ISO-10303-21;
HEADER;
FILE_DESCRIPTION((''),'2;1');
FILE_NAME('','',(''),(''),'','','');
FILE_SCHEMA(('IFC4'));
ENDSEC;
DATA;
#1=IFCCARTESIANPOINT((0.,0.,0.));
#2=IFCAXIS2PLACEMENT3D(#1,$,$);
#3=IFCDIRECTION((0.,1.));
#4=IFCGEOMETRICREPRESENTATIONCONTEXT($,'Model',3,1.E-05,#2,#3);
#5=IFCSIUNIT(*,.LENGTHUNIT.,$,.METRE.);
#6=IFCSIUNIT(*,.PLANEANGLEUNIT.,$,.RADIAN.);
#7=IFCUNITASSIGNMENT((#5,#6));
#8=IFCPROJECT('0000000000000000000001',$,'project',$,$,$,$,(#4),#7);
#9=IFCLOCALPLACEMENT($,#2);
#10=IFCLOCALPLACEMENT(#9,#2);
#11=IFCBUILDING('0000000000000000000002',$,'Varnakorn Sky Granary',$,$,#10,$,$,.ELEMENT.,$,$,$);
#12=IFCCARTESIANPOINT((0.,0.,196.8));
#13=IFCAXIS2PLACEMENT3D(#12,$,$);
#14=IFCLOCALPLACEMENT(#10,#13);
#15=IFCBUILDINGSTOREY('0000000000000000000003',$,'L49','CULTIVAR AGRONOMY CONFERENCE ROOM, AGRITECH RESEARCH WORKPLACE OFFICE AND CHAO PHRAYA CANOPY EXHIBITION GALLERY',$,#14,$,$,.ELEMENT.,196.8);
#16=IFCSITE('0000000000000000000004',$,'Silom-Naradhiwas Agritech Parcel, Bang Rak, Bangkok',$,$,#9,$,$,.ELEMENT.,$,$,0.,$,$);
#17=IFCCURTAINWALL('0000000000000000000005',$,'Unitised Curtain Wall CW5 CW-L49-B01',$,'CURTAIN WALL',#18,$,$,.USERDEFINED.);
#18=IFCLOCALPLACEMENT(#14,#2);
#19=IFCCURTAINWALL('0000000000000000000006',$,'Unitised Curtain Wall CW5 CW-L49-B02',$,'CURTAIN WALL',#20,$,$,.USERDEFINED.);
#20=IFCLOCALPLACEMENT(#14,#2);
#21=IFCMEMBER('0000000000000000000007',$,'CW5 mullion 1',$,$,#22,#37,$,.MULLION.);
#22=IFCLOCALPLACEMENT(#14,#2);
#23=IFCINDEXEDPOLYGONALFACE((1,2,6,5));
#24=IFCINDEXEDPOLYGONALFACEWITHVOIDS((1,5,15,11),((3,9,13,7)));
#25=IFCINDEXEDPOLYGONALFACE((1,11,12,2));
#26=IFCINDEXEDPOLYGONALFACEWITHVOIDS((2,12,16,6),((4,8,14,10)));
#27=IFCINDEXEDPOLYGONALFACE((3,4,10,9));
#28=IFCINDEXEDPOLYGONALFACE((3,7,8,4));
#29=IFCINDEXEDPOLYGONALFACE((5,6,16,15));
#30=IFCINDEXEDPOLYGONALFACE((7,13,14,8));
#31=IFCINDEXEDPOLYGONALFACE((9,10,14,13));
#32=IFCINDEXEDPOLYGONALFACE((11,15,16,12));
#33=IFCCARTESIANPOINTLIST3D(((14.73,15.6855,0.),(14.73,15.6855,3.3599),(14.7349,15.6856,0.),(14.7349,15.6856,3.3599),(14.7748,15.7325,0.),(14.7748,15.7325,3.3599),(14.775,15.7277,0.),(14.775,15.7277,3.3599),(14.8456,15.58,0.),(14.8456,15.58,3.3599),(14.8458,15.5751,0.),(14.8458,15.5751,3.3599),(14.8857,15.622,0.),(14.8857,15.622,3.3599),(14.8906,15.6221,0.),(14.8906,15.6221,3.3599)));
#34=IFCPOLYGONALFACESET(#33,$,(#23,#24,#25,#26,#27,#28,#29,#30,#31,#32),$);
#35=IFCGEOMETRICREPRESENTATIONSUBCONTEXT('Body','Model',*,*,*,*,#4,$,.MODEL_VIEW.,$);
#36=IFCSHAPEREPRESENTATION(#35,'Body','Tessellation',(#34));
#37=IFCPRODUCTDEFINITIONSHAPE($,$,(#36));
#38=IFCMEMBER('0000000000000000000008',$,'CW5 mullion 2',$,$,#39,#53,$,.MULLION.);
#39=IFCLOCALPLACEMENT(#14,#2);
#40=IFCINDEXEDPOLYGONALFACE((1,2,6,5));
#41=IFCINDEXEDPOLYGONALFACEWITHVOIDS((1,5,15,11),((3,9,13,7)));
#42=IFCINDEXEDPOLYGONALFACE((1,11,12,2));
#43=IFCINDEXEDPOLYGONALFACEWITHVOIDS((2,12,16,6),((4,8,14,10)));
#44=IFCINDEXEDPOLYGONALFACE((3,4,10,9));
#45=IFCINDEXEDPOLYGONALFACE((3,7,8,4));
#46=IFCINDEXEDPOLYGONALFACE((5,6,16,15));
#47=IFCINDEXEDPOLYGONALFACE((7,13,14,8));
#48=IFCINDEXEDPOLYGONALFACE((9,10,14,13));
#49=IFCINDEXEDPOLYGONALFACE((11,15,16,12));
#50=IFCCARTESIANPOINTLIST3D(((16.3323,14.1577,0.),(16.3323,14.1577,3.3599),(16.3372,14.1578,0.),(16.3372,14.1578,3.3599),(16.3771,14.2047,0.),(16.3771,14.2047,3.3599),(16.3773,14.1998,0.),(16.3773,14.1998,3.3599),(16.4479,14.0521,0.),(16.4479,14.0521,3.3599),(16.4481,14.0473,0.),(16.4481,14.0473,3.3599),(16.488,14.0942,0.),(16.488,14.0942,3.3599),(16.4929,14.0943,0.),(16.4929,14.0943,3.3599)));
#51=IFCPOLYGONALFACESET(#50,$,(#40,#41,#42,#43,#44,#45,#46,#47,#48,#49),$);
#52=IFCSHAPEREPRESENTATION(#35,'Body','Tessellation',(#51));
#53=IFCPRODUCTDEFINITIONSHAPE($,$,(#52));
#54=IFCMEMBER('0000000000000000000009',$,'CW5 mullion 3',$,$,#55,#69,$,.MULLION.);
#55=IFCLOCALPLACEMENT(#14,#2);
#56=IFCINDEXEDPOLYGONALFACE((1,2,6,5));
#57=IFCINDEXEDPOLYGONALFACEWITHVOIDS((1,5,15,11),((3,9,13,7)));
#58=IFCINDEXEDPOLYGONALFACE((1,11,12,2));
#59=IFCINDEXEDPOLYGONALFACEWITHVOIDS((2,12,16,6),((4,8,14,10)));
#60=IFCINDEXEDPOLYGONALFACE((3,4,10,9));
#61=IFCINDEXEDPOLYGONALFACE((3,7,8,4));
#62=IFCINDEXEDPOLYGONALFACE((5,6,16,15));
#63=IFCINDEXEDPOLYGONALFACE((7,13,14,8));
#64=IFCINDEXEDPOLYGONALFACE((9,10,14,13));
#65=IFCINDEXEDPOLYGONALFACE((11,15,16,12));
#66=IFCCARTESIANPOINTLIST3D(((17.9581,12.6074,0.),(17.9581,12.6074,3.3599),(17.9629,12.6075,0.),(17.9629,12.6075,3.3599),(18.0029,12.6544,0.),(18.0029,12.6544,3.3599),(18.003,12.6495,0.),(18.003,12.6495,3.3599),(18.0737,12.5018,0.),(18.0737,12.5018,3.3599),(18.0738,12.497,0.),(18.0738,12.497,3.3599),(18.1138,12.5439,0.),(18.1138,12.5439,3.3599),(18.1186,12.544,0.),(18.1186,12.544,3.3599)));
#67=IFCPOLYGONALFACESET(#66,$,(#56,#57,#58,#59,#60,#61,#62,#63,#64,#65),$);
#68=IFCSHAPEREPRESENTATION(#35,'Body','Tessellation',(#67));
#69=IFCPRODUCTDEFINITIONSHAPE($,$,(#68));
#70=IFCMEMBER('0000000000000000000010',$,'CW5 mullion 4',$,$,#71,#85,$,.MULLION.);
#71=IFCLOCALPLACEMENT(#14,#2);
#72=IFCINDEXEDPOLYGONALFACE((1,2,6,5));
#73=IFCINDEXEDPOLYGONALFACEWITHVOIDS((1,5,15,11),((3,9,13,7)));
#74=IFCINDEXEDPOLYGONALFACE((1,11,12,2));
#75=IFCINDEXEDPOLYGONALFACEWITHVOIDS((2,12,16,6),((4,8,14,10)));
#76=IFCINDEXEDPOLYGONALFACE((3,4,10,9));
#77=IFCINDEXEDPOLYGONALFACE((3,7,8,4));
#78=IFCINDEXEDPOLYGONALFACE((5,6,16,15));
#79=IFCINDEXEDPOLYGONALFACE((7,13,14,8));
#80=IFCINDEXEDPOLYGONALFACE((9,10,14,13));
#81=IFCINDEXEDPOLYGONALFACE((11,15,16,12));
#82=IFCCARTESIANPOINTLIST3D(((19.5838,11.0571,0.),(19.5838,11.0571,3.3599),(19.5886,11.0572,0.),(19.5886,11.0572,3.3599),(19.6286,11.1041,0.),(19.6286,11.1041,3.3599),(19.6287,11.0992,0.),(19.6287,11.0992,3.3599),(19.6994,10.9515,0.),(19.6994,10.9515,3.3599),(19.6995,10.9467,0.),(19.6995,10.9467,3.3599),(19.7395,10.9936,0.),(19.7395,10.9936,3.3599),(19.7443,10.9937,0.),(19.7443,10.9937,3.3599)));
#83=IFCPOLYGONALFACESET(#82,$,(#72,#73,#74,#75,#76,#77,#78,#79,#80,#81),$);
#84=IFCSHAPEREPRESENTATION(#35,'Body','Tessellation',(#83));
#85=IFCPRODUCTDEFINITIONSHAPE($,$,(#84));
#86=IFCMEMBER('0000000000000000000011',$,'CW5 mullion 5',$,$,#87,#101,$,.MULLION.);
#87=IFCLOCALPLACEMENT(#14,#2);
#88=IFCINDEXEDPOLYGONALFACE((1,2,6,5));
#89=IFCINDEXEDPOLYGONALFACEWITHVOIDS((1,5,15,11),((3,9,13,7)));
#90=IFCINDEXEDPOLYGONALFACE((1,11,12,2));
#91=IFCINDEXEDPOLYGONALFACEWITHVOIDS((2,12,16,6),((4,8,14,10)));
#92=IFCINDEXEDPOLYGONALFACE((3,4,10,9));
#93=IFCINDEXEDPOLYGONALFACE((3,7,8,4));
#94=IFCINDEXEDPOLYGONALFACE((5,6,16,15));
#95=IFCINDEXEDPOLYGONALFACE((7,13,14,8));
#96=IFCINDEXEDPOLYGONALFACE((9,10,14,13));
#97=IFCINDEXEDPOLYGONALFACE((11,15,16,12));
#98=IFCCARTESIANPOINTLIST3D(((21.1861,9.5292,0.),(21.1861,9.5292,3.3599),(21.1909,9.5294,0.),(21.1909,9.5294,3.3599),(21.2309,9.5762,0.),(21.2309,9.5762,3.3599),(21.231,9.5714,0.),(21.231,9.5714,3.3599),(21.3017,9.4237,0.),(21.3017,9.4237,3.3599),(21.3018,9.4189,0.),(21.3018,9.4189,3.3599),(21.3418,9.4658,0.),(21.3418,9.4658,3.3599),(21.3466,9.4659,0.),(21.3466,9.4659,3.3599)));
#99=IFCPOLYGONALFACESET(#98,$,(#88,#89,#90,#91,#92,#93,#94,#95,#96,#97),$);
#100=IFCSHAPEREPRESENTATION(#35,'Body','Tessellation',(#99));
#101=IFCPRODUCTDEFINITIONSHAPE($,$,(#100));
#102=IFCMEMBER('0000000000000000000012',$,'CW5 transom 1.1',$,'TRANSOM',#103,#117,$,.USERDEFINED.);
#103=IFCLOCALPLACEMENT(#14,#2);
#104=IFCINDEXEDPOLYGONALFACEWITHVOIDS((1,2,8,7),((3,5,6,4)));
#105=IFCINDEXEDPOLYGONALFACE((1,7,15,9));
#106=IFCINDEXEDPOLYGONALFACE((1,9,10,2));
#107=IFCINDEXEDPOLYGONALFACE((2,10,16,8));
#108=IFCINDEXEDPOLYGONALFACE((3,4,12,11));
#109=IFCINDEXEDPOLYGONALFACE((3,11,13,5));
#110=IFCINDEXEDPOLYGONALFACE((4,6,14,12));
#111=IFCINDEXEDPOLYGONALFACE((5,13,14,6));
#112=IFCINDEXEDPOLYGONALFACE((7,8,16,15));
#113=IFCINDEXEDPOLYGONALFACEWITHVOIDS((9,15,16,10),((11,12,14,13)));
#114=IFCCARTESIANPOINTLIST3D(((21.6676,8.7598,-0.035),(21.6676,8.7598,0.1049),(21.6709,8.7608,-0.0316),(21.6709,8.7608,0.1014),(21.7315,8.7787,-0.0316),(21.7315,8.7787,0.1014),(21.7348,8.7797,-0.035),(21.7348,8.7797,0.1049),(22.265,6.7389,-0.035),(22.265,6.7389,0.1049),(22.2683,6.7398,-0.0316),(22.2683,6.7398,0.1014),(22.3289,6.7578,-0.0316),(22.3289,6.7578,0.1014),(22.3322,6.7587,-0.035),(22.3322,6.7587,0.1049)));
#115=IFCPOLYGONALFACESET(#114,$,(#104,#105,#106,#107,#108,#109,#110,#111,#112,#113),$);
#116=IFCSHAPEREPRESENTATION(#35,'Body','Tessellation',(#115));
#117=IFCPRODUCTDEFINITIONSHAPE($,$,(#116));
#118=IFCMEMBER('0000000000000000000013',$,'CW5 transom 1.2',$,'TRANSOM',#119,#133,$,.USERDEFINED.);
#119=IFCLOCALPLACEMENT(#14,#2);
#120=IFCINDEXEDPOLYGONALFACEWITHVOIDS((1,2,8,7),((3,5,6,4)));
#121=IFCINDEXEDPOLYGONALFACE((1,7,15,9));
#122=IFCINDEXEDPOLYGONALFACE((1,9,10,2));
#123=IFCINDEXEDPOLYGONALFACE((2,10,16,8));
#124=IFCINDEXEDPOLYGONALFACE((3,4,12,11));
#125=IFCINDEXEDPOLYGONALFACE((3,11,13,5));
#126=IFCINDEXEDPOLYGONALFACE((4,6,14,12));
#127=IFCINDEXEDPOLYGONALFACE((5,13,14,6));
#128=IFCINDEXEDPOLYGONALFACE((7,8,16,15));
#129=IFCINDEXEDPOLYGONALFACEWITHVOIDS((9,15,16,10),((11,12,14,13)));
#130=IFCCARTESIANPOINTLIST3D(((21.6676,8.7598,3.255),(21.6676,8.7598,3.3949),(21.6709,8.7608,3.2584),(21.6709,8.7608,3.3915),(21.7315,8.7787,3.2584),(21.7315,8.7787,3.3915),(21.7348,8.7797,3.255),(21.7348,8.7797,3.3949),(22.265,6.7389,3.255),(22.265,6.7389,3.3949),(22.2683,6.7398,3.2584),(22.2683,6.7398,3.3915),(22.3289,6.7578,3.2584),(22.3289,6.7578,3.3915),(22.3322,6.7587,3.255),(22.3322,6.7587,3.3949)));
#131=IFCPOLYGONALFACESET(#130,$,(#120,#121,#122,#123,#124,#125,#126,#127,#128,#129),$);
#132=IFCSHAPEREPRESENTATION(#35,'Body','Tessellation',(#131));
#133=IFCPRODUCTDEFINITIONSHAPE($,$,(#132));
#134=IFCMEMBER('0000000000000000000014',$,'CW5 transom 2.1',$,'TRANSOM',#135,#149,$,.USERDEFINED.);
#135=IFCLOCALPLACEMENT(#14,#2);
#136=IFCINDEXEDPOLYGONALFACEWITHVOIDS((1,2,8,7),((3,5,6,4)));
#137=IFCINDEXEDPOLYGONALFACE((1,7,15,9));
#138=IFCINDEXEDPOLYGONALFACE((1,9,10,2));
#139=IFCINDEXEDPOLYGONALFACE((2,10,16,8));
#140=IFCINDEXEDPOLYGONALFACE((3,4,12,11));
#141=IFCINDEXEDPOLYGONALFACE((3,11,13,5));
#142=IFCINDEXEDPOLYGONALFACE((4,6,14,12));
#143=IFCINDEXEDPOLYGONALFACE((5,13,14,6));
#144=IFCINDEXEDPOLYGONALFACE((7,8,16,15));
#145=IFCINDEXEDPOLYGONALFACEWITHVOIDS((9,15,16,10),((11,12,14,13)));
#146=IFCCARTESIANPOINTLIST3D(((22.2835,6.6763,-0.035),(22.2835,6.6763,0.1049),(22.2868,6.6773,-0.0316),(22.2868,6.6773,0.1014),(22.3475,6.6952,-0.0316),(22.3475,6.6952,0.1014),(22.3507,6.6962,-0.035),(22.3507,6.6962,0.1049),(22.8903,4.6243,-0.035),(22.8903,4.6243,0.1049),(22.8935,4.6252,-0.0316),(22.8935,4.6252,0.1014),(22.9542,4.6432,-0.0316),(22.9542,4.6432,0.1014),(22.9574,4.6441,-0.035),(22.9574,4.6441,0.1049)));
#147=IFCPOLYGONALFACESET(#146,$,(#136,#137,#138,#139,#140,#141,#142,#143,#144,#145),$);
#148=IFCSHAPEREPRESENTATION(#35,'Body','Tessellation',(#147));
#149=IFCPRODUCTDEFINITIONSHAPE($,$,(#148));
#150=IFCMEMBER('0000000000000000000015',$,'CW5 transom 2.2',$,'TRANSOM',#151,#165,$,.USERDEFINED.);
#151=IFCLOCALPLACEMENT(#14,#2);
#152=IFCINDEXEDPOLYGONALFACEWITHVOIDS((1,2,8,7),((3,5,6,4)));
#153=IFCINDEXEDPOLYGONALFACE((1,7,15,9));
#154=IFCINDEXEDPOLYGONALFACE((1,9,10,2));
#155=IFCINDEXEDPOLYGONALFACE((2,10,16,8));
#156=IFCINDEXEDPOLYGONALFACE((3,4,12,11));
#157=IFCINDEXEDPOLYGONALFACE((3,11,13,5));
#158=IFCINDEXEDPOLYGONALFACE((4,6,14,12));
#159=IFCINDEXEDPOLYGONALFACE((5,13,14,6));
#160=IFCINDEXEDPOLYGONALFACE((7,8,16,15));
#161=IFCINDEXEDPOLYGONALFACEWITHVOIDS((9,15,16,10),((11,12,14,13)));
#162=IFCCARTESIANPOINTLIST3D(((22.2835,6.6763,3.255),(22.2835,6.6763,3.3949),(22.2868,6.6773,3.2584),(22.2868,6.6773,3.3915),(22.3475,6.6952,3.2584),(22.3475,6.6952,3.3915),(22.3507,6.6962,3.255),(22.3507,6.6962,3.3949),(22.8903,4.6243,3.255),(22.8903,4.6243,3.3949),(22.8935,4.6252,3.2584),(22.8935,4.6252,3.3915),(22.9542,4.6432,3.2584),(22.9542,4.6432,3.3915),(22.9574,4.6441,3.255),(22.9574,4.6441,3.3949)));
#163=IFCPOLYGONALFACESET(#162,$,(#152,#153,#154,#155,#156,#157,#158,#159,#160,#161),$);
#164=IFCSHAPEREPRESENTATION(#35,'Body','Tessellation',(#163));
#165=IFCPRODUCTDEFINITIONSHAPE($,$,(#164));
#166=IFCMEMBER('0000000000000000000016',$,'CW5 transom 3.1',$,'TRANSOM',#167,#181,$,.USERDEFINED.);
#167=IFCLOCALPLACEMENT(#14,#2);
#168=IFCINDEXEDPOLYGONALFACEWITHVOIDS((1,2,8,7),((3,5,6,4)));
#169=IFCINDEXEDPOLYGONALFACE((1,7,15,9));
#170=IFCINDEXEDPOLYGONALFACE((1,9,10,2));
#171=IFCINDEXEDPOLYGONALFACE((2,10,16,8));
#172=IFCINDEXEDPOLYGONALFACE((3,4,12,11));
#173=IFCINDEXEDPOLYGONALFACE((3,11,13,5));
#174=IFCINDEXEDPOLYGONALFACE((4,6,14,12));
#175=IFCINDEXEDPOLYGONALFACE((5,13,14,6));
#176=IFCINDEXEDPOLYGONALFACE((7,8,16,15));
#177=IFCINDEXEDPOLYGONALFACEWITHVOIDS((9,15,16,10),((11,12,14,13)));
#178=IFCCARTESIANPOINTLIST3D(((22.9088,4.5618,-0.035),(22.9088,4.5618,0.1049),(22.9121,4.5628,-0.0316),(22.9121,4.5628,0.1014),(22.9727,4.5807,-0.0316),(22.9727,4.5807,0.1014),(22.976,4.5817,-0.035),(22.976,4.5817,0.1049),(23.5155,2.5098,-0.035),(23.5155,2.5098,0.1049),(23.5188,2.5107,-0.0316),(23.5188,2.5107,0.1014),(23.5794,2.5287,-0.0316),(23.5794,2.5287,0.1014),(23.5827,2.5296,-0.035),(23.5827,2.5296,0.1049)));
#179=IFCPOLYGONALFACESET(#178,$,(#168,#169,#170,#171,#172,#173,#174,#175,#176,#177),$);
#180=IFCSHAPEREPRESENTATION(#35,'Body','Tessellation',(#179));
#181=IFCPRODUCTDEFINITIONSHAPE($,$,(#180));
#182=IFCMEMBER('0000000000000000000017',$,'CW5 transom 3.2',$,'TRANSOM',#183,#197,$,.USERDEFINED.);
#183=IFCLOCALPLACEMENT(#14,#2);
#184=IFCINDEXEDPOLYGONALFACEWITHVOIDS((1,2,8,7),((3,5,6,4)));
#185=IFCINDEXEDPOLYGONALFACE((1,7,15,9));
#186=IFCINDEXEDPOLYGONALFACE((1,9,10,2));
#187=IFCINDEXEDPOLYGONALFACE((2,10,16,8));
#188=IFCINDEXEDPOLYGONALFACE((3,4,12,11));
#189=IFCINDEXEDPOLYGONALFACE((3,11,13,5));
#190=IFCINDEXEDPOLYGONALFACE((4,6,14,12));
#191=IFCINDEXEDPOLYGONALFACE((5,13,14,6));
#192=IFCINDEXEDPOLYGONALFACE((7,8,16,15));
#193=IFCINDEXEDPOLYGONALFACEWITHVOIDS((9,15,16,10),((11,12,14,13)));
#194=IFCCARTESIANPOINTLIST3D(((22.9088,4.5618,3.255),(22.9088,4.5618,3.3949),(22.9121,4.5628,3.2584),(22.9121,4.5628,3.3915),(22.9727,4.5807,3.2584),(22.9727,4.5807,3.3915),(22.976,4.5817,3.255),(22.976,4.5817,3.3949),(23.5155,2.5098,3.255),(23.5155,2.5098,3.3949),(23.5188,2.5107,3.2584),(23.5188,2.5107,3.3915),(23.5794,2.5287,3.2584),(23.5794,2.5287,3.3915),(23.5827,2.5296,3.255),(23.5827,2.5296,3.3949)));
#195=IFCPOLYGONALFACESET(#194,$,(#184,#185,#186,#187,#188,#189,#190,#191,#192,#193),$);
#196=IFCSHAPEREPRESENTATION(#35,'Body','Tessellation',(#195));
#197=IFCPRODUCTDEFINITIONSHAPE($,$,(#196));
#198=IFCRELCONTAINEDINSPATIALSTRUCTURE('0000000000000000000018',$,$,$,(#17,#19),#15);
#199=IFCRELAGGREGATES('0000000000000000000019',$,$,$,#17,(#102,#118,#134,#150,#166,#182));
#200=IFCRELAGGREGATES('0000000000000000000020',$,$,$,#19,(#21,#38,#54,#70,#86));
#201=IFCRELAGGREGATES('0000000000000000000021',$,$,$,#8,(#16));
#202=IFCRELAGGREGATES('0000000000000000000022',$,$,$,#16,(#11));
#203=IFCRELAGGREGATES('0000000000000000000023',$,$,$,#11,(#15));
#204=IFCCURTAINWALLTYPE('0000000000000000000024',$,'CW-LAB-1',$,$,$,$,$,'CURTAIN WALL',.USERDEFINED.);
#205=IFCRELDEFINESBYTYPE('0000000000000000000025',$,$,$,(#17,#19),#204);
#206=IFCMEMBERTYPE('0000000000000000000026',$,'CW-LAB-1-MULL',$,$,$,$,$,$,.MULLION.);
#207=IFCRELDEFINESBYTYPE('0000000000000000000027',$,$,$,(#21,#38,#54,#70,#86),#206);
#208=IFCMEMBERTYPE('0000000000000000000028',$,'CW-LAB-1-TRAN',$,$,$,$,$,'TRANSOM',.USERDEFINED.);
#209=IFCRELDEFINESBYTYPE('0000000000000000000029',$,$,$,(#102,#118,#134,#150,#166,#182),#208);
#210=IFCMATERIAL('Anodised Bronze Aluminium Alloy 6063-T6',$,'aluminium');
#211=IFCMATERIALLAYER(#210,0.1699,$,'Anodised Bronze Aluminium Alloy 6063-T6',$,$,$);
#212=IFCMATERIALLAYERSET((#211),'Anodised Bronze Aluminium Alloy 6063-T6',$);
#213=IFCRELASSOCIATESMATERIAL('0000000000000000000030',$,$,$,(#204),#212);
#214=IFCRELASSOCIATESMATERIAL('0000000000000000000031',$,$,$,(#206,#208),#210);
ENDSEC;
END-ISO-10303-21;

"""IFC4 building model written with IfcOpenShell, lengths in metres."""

from ifc_helpers import new_model, si_unit, direction, frame, origin, origin_2d, place, context, subcontext, project, spatial, hollow_rectangle, extrude, material, layer, layer_set, material_profile, profile_set, type_object, element, aggregate, save


model = new_model("IFC4")

# Units and contexts
model_context = context("Model", 3, precision=1e-05, world=origin(), true_north=direction((0.0, 1.0)))
body_context = subcontext(model_context, "Body", "Model", "MODEL_VIEW")
ifc_project = project(units=[si_unit("LENGTHUNIT", "METRE"), si_unit("PLANEANGLEUNIT", "RADIAN")], contexts=[model_context])

# Site, building, storey
site_placement = place(None, origin())
site = spatial("IfcSite", under=ifc_project, at=site_placement, Name="Silom-Naradhiwas Agritech Parcel, Bang Rak, Bangkok", CompositionType="ELEMENT", RefElevation=0.0)
building_placement = place(site_placement, origin())
building = spatial("IfcBuilding", under=site, at=building_placement, Name="Varnakorn Sky Granary", CompositionType="ELEMENT")
storey_placement = place(building_placement, frame((0.0, 0.0, 196.8)))
storey = spatial("IfcBuildingStorey", under=building, at=storey_placement, Name="L49", Description="CULTIVAR AGRONOMY CONFERENCE ROOM, AGRITECH RESEARCH WORKPLACE OFFICE AND CHAO PHRAYA CANOPY EXHIBITION GALLERY", CompositionType="ELEMENT", Elevation=196.8)

# Curtain walls, members
ifc_material_1 = material(Name="Anodised Bronze Aluminium Alloy 6063-T6", Category="aluminium")
ifc_layer_1 = layer(ifc_material_1, 0.1699, Name="Anodised Bronze Aluminium Alloy 6063-T6")
ifc_layer_set_1 = layer_set([ifc_layer_1], Name="Anodised Bronze Aluminium Alloy 6063-T6")
curtain_wall_type = type_object("IfcCurtainWallType", Name="CW-LAB-1", ElementType="CURTAIN WALL", PredefinedType="USERDEFINED", material=ifc_layer_set_1)
curtain_wall_1_placement = place(storey_placement, origin())
curtain_wall_1 = element("IfcCurtainWall", 1, at=curtain_wall_1_placement, inside=storey, type_object=curtain_wall_type, Name="Unitised Curtain Wall CW5 CW-L49-B01", ObjectType="CURTAIN WALL", PredefinedType="USERDEFINED")
ifc_material_profile_1 = material_profile(ifc_material_1, hollow_rectangle(XDim=0.0649, YDim=0.1599, WallThickness=0.0034, at=origin_2d()), Name="ALU MULL 65x160")
ifc_profile_set_1 = profile_set([ifc_material_profile_1], Name="Anodised Bronze Aluminium Alloy 6063-T6")
member_type_1 = type_object("IfcMemberType", Name="CW-LAB-1-MULL", PredefinedType="MULLION", material=ifc_profile_set_1)
curtain_wall_2_placement = place(storey_placement, origin())
curtain_wall_2 = element("IfcCurtainWall", 2, at=curtain_wall_2_placement, inside=storey, type_object=curtain_wall_type, Name="Unitised Curtain Wall CW5 CW-L49-B02", ObjectType="CURTAIN WALL", PredefinedType="USERDEFINED")
member_1_placement = place(storey_placement, frame((14.8103, 15.6538, 0.0), z_axis=(0.0, 0.0, 1.0), x_axis=(0.690097, 0.723717, 0.0)))
member_1 = element("IfcMember", 3, at=member_1_placement, type_object=member_type_1, Name="CW5 mullion 1", PredefinedType="MULLION", context=body_context, shape_type="SweptSolid", body=[
    extrude(hollow_rectangle(XDim=0.0649, YDim=0.1599, WallThickness=0.0034, at=origin_2d()), origin(), (0.0, 0.0, 1.0), 3.3599),
])
member_2_placement = place(storey_placement, frame((16.4126, 14.126, 0.0), z_axis=(0.0, 0.0, 1.0), x_axis=(0.690097, 0.723717, 0.0)))
member_2 = element("IfcMember", 4, at=member_2_placement, type_object=member_type_1, Name="CW5 mullion 2", PredefinedType="MULLION", context=body_context, shape_type="SweptSolid", body=[
    extrude(hollow_rectangle(XDim=0.0649, YDim=0.1599, WallThickness=0.0034, at=origin_2d()), origin(), (0.0, 0.0, 1.0), 3.3599),
])
member_3_placement = place(storey_placement, frame((18.0383, 12.5757, 0.0), z_axis=(0.0, 0.0, 1.0), x_axis=(0.690097, 0.723717, 0.0)))
member_3 = element("IfcMember", 5, at=member_3_placement, type_object=member_type_1, Name="CW5 mullion 3", PredefinedType="MULLION", context=body_context, shape_type="SweptSolid", body=[
    extrude(hollow_rectangle(XDim=0.0649, YDim=0.1599, WallThickness=0.0034, at=origin_2d()), origin(), (0.0, 0.0, 1.0), 3.3599),
])
member_4_placement = place(storey_placement, frame((19.6641, 11.0254, 0.0), z_axis=(0.0, 0.0, 1.0), x_axis=(0.690097, 0.723717, 0.0)))
member_4 = element("IfcMember", 6, at=member_4_placement, type_object=member_type_1, Name="CW5 mullion 4", PredefinedType="MULLION", context=body_context, shape_type="SweptSolid", body=[
    extrude(hollow_rectangle(XDim=0.0649, YDim=0.1599, WallThickness=0.0034, at=origin_2d()), origin(), (0.0, 0.0, 1.0), 3.3599),
])
member_5_placement = place(storey_placement, frame((21.2664, 9.4976, 0.0), z_axis=(0.0, 0.0, 1.0), x_axis=(0.690097, 0.723717, 0.0)))
member_5 = element("IfcMember", 7, at=member_5_placement, type_object=member_type_1, Name="CW5 mullion 5", PredefinedType="MULLION", context=body_context, shape_type="SweptSolid", body=[
    extrude(hollow_rectangle(XDim=0.0649, YDim=0.1599, WallThickness=0.0034, at=origin_2d()), origin(), (0.0, 0.0, 1.0), 3.3599),
])

# Members
ifc_material_profile_2 = material_profile(ifc_material_1, hollow_rectangle(XDim=0.0701, YDim=0.1399, WallThickness=0.0034, at=origin_2d()), Name="ALU TRAN 70x140")
ifc_profile_set_2 = profile_set([ifc_material_profile_2], Name="Anodised Bronze Aluminium Alloy 6063-T6")
member_type_2 = type_object("IfcMemberType", Name="CW-LAB-1-TRAN", ElementType="TRANSOM", PredefinedType="USERDEFINED", material=ifc_profile_set_2)
member_6_placement = place(storey_placement, frame((21.7012, 8.7698, 0.0349), z_axis=(0.283477, -0.958979, 0.0), x_axis=(0.958979, 0.283477, 0.0)))
member_6 = element("IfcMember", 8, at=member_6_placement, type_object=member_type_2, Name="CW5 transom 1.1", ObjectType="TRANSOM", PredefinedType="USERDEFINED", context=body_context, shape_type="SweptSolid", body=[
    extrude(hollow_rectangle(XDim=0.0701, YDim=0.1399, WallThickness=0.0034, at=origin_2d()), origin(), (0.0, 0.0, 1.0), 2.1074),
])
member_7_placement = place(storey_placement, frame((21.7012, 8.7698, 3.325), z_axis=(0.283477, -0.958979, 0.0), x_axis=(0.958979, 0.283477, 0.0)))
member_7 = element("IfcMember", 9, at=member_7_placement, type_object=member_type_2, Name="CW5 transom 1.2", ObjectType="TRANSOM", PredefinedType="USERDEFINED", context=body_context, shape_type="SweptSolid", body=[
    extrude(hollow_rectangle(XDim=0.0701, YDim=0.1399, WallThickness=0.0034, at=origin_2d()), origin(), (0.0, 0.0, 1.0), 2.1074),
])
member_8_placement = place(storey_placement, frame((22.3171, 6.6863, 0.0349), z_axis=(0.283525, -0.958965, 0.0), x_axis=(0.958965, 0.283525, 0.0)))
member_8 = element("IfcMember", 10, at=member_8_placement, type_object=member_type_2, Name="CW5 transom 2.1", ObjectType="TRANSOM", PredefinedType="USERDEFINED", context=body_context, shape_type="SweptSolid", body=[
    extrude(hollow_rectangle(XDim=0.0701, YDim=0.1399, WallThickness=0.0034, at=origin_2d()), origin(), (0.0, 0.0, 1.0), 2.1399),
])
member_9_placement = place(storey_placement, frame((22.3171, 6.6863, 3.325), z_axis=(0.283525, -0.958965, 0.0), x_axis=(0.958965, 0.283525, 0.0)))
member_9 = element("IfcMember", 11, at=member_9_placement, type_object=member_type_2, Name="CW5 transom 2.2", ObjectType="TRANSOM", PredefinedType="USERDEFINED", context=body_context, shape_type="SweptSolid", body=[
    extrude(hollow_rectangle(XDim=0.0701, YDim=0.1399, WallThickness=0.0034, at=origin_2d()), origin(), (0.0, 0.0, 1.0), 2.1399),
])
member_10_placement = place(storey_placement, frame((22.9424, 4.5718, 0.0349), z_axis=(0.283525, -0.958965, 0.0), x_axis=(0.958965, 0.283525, 0.0)))
member_10 = element("IfcMember", 12, at=member_10_placement, type_object=member_type_2, Name="CW5 transom 3.1", ObjectType="TRANSOM", PredefinedType="USERDEFINED", context=body_context, shape_type="SweptSolid", body=[
    extrude(hollow_rectangle(XDim=0.0701, YDim=0.1399, WallThickness=0.0034, at=origin_2d()), origin(), (0.0, 0.0, 1.0), 2.1399),
])
member_11_placement = place(storey_placement, frame((22.9424, 4.5718, 3.325), z_axis=(0.283525, -0.958965, 0.0), x_axis=(0.958965, 0.283525, 0.0)))
member_11 = element("IfcMember", 13, at=member_11_placement, type_object=member_type_2, Name="CW5 transom 3.2", ObjectType="TRANSOM", PredefinedType="USERDEFINED", context=body_context, shape_type="SweptSolid", body=[
    extrude(hollow_rectangle(XDim=0.0701, YDim=0.1399, WallThickness=0.0034, at=origin_2d()), origin(), (0.0, 0.0, 1.0), 2.1399),
])

aggregate(curtain_wall_1, [member_6, member_7, member_8, member_9, member_10, member_11])
aggregate(curtain_wall_2, [member_1, member_2, member_3, member_4, member_5])

save(model, "model.ifc")
